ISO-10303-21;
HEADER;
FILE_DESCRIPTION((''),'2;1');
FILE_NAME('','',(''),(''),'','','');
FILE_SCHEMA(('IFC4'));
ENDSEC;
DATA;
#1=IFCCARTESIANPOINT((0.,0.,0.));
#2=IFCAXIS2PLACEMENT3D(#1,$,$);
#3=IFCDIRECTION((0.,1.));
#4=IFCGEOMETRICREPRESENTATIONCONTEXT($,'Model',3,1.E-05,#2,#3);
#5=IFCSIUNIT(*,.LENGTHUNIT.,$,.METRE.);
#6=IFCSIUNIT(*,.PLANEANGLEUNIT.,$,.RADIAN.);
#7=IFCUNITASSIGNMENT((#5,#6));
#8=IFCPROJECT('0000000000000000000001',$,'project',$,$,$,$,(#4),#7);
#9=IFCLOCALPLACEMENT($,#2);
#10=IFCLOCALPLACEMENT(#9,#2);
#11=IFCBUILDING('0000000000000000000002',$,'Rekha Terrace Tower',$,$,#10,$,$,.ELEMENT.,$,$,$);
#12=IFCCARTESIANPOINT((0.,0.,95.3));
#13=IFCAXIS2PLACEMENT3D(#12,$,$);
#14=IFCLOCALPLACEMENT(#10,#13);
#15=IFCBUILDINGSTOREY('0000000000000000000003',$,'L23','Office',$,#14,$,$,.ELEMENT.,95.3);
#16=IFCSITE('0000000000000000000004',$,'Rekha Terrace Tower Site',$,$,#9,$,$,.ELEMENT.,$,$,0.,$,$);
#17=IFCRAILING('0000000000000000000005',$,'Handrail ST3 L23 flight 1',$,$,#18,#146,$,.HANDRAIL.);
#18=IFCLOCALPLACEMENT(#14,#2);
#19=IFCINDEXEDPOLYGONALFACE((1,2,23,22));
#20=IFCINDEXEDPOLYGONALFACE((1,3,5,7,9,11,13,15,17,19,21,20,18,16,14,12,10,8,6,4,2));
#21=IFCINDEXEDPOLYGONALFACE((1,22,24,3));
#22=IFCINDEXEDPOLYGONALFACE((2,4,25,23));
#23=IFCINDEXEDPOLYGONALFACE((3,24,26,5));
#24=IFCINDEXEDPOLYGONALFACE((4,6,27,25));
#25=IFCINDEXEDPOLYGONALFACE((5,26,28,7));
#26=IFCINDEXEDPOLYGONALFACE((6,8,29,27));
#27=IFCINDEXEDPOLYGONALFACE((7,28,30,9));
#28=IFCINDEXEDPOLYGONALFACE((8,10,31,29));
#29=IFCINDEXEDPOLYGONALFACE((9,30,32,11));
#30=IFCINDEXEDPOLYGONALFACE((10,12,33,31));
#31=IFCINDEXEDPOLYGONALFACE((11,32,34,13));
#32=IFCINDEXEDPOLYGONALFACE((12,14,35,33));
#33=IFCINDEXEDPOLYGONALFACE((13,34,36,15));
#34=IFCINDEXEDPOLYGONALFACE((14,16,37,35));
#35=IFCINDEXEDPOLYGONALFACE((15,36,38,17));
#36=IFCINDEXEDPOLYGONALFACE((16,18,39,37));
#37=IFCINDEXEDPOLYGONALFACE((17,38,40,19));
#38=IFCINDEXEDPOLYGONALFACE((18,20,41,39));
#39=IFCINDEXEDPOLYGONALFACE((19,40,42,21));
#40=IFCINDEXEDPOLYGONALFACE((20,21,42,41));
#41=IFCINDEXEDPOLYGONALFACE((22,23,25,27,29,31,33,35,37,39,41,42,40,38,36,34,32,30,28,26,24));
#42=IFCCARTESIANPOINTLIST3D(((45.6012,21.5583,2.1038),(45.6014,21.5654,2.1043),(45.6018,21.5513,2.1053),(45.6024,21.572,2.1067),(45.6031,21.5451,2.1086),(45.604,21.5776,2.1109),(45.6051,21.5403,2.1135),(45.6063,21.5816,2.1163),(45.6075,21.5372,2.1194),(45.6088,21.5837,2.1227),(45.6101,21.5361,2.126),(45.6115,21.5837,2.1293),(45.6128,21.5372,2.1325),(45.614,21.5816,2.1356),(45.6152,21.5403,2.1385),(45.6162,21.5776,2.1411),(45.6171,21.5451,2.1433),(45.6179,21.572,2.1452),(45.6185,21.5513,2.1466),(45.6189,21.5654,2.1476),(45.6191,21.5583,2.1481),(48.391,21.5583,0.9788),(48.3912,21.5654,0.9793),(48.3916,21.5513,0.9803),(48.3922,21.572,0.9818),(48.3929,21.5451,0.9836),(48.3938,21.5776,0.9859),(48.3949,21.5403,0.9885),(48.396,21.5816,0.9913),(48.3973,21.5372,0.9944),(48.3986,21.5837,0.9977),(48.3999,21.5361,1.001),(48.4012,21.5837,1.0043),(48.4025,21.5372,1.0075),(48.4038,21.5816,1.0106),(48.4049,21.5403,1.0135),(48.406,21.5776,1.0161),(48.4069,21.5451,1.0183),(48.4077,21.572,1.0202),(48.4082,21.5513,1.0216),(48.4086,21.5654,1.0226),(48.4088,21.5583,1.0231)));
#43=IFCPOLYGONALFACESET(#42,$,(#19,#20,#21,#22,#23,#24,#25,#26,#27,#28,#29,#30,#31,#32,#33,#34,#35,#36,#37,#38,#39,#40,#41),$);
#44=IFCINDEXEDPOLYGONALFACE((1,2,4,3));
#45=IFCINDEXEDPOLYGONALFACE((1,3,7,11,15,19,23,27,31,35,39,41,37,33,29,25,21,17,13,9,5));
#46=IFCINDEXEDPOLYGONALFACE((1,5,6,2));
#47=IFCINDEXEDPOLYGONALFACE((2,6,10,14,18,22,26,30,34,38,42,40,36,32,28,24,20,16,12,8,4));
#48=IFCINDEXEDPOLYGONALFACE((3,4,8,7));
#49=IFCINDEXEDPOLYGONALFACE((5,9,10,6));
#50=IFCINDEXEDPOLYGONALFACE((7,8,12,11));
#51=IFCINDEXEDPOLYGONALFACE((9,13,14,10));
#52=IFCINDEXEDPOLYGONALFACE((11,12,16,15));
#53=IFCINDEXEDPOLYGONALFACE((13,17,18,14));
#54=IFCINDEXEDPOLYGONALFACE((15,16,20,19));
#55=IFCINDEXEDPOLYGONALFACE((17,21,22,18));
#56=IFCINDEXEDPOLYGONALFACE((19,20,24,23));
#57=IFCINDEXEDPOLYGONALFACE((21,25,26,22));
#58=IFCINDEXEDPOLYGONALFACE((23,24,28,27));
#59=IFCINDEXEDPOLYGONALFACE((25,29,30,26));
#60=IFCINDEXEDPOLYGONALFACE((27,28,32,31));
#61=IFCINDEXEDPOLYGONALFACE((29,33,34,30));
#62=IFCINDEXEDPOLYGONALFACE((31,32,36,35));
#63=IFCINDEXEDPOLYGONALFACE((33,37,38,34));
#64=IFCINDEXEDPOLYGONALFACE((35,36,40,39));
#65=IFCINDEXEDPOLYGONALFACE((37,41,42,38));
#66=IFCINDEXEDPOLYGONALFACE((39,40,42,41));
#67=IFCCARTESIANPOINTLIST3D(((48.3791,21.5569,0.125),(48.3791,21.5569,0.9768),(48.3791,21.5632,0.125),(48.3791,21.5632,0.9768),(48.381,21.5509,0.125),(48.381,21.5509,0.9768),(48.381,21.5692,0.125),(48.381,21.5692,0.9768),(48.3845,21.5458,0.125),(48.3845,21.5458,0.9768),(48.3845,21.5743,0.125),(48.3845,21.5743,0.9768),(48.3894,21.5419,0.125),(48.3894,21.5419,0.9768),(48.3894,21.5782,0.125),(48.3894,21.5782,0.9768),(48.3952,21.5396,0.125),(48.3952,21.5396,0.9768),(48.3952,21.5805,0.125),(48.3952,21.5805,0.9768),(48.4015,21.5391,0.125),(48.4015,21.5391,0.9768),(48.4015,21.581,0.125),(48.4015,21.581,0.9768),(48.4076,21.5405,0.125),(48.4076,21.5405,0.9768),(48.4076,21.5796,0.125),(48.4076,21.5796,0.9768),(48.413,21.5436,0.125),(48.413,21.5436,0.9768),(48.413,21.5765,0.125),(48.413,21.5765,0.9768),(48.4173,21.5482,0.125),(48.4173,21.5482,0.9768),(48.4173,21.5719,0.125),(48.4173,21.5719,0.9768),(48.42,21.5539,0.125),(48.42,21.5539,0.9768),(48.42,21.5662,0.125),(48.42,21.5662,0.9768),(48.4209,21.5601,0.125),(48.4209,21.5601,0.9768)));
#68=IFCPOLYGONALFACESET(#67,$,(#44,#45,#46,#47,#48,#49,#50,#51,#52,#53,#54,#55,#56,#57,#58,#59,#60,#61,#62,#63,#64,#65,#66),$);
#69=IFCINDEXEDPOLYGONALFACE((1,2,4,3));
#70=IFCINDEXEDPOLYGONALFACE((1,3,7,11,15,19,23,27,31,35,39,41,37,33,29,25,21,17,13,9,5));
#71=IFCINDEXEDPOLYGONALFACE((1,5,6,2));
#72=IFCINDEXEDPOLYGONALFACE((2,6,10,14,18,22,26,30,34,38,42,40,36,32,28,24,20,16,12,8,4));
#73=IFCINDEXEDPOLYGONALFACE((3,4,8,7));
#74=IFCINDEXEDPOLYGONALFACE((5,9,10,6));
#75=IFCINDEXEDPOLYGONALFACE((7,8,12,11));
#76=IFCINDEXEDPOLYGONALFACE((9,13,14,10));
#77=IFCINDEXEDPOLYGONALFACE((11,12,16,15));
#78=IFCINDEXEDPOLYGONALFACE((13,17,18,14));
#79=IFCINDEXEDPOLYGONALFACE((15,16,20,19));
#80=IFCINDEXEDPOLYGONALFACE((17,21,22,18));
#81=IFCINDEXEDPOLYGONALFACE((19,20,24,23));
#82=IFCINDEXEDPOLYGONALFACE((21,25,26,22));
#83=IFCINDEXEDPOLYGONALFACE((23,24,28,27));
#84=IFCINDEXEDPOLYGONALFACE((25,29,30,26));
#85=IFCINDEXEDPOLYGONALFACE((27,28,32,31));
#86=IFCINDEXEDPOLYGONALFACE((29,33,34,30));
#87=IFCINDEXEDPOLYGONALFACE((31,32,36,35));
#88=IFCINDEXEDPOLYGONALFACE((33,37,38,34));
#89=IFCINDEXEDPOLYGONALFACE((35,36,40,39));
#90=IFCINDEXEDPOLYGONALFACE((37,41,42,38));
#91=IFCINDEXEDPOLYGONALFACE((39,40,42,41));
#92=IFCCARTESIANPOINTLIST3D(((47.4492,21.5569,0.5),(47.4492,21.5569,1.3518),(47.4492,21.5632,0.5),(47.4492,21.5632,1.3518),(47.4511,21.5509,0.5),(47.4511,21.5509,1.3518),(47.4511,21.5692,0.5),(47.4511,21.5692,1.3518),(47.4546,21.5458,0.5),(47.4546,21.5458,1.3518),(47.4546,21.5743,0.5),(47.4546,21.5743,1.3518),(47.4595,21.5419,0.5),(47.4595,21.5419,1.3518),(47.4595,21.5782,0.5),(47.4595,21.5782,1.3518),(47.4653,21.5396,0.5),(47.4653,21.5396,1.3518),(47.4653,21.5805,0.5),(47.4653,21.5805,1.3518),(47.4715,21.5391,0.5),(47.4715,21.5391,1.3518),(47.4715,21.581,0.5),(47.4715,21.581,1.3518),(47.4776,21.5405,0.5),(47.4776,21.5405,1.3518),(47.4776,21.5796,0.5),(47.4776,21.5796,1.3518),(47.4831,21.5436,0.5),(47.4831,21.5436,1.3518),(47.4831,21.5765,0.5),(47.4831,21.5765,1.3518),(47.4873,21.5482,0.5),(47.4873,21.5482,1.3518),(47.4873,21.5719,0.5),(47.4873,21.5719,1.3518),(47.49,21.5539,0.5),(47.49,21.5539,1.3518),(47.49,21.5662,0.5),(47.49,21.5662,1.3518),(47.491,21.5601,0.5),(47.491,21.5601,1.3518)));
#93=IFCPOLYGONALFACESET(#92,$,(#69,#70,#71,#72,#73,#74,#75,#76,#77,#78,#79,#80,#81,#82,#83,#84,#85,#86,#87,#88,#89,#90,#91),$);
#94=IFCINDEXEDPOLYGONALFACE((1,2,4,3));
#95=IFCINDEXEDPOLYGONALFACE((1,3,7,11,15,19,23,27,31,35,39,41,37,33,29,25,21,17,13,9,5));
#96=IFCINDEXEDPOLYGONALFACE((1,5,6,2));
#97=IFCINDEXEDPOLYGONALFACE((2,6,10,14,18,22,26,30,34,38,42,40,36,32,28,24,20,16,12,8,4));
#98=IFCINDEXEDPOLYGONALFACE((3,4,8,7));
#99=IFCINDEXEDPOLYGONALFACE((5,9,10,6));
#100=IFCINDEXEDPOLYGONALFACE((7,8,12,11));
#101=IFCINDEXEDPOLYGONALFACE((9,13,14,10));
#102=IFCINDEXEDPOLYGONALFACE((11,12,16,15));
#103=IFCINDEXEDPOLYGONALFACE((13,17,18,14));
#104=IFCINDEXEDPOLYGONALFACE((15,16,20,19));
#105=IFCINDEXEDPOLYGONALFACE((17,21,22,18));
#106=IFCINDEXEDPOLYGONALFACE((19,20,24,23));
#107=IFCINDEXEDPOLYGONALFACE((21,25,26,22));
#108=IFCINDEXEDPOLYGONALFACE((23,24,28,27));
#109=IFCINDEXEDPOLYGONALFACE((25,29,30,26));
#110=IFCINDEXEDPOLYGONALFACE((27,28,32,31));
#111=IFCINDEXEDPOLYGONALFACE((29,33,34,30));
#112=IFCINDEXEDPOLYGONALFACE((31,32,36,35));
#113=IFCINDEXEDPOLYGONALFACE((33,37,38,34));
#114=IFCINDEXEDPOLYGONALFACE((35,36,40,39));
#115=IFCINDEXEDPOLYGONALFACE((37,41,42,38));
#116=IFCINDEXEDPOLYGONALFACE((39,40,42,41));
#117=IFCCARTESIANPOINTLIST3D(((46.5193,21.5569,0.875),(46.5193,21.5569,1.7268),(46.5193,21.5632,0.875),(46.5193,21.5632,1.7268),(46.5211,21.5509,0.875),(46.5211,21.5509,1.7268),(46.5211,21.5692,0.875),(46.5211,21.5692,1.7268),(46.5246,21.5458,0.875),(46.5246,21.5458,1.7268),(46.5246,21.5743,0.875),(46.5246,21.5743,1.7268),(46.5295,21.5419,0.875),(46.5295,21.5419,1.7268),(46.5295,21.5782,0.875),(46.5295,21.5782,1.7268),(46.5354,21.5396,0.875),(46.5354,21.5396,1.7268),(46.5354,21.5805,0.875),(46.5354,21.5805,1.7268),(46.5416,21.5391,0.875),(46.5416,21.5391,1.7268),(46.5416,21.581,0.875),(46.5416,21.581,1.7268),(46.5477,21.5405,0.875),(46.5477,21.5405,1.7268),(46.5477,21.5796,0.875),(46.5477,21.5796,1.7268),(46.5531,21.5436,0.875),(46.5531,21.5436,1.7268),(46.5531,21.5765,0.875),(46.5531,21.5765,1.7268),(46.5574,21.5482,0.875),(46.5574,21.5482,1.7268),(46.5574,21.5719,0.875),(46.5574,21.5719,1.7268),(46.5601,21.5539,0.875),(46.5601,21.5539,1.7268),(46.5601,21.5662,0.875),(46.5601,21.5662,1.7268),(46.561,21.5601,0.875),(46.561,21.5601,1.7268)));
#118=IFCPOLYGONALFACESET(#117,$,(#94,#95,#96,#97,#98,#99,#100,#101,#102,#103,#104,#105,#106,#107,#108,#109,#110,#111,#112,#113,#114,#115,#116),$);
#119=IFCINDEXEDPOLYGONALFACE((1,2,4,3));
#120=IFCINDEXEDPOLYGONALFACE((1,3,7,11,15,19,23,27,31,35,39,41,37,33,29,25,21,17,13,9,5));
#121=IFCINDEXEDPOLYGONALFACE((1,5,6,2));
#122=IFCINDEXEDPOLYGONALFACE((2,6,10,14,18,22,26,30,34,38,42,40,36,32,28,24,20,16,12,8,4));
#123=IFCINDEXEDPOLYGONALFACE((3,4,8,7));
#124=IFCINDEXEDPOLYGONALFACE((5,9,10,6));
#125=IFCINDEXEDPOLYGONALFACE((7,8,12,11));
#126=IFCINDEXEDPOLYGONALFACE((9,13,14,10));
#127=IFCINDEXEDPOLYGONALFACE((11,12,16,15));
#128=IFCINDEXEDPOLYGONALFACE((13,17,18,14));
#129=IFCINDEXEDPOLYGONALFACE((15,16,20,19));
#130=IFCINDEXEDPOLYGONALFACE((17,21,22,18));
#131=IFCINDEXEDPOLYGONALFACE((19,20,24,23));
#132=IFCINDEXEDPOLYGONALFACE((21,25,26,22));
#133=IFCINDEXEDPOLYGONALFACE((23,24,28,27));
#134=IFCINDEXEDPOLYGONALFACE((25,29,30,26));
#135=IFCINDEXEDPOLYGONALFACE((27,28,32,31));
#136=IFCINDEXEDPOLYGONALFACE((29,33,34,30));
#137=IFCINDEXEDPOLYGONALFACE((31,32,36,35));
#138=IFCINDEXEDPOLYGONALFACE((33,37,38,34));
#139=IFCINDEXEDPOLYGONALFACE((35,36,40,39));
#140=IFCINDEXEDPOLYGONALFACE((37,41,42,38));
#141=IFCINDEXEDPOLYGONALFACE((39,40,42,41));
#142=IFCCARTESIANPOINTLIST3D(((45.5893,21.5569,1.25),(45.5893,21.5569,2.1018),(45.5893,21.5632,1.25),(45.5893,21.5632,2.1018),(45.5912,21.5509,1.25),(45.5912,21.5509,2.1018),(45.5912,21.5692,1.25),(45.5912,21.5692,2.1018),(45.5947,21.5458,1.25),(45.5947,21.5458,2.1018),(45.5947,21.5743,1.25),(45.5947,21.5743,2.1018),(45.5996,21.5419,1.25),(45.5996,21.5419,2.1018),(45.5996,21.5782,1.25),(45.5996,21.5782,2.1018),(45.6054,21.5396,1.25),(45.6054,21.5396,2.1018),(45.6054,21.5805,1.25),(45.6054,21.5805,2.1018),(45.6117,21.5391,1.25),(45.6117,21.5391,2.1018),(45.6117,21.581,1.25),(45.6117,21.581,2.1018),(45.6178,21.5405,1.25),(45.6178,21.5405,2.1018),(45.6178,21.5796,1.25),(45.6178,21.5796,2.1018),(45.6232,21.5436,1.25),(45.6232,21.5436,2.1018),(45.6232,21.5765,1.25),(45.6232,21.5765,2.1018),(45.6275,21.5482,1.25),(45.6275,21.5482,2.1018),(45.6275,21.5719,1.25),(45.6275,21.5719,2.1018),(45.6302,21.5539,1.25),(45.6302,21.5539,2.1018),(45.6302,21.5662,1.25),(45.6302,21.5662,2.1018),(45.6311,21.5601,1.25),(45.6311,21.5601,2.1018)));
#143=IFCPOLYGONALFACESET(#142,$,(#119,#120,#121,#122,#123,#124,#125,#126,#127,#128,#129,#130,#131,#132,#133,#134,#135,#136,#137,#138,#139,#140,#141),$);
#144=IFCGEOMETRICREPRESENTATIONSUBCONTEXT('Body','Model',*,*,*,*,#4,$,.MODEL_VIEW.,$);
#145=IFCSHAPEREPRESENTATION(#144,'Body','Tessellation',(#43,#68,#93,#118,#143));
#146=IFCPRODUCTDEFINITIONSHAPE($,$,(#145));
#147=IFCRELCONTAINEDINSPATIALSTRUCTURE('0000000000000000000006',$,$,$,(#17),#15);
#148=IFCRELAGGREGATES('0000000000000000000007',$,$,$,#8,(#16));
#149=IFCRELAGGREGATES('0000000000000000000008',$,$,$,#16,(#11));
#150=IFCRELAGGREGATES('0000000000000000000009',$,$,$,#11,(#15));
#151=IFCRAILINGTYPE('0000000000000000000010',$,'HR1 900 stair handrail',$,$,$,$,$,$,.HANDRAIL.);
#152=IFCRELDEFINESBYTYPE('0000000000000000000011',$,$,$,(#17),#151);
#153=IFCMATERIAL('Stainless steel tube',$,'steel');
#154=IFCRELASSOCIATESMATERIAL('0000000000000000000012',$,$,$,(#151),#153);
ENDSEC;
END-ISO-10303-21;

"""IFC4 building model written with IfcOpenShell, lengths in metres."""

from ifc_helpers import new_model, si_unit, direction, frame, origin, origin_2d, place, context, subcontext, project, spatial, circle, extrude, material, type_object, element, save


model = new_model("IFC4")

# Units and contexts
model_context = context("Model", 3, precision=1e-05, world=origin(), true_north=direction((0.0, 1.0)))
body_context = subcontext(model_context, "Body", "Model", "MODEL_VIEW")
ifc_project = project(units=[si_unit("LENGTHUNIT", "METRE"), si_unit("PLANEANGLEUNIT", "RADIAN")], contexts=[model_context])

# Site, building, storey
site_placement = place(None, origin())
site = spatial("IfcSite", under=ifc_project, at=site_placement, Name="Rekha Terrace Tower Site", CompositionType="ELEMENT", RefElevation=0.0)
building_placement = place(site_placement, origin())
building = spatial("IfcBuilding", under=site, at=building_placement, Name="Rekha Terrace Tower", CompositionType="ELEMENT")
storey_placement = place(building_placement, frame((0.0, 0.0, 95.3)))
storey = spatial("IfcBuildingStorey", under=building, at=storey_placement, Name="L23", Description="Office", CompositionType="ELEMENT", Elevation=95.3)

# Railing
ifc_material_1 = material(Name="Stainless steel tube", Category="steel")
railing_type_1 = type_object("IfcRailingType", Name="HR1 900 stair handrail", PredefinedType="HANDRAIL", material=ifc_material_1)
railing_1_placement = place(storey_placement, frame((48.3999, 21.5601, 0.125)))
element("IfcRailing", 1, at=railing_1_placement, inside=storey, type_object=railing_type_1, Name="Handrail ST3 L23 flight 1", PredefinedType="HANDRAIL", context=body_context, shape_type="SweptSolid", body=[
    extrude(circle(Radius=0.0239, at=origin_2d()), frame((0.0, 0.0, 0.876), z_axis=(-0.927432, 0.0, 0.373992), x_axis=(0.0, -1.0, 0.0)), (0.0, 0.0, 1.0), 3.0081),
    extrude(circle(Radius=0.021, at=origin_2d()), origin(), (0.0, 0.0, 1.0), 0.8518),
    extrude(circle(Radius=0.021, at=origin_2d()), frame((-0.9299, 0.0, 0.375)), (0.0, 0.0, 1.0), 0.8518),
    extrude(circle(Radius=0.021, at=origin_2d()), frame((-1.8599, 0.0, 0.75)), (0.0, 0.0, 1.0), 0.8518),
    extrude(circle(Radius=0.021, at=origin_2d()), frame((-2.7898, 0.0, 1.125)), (0.0, 0.0, 1.0), 0.8518),
])

save(model, "model.ifc")
